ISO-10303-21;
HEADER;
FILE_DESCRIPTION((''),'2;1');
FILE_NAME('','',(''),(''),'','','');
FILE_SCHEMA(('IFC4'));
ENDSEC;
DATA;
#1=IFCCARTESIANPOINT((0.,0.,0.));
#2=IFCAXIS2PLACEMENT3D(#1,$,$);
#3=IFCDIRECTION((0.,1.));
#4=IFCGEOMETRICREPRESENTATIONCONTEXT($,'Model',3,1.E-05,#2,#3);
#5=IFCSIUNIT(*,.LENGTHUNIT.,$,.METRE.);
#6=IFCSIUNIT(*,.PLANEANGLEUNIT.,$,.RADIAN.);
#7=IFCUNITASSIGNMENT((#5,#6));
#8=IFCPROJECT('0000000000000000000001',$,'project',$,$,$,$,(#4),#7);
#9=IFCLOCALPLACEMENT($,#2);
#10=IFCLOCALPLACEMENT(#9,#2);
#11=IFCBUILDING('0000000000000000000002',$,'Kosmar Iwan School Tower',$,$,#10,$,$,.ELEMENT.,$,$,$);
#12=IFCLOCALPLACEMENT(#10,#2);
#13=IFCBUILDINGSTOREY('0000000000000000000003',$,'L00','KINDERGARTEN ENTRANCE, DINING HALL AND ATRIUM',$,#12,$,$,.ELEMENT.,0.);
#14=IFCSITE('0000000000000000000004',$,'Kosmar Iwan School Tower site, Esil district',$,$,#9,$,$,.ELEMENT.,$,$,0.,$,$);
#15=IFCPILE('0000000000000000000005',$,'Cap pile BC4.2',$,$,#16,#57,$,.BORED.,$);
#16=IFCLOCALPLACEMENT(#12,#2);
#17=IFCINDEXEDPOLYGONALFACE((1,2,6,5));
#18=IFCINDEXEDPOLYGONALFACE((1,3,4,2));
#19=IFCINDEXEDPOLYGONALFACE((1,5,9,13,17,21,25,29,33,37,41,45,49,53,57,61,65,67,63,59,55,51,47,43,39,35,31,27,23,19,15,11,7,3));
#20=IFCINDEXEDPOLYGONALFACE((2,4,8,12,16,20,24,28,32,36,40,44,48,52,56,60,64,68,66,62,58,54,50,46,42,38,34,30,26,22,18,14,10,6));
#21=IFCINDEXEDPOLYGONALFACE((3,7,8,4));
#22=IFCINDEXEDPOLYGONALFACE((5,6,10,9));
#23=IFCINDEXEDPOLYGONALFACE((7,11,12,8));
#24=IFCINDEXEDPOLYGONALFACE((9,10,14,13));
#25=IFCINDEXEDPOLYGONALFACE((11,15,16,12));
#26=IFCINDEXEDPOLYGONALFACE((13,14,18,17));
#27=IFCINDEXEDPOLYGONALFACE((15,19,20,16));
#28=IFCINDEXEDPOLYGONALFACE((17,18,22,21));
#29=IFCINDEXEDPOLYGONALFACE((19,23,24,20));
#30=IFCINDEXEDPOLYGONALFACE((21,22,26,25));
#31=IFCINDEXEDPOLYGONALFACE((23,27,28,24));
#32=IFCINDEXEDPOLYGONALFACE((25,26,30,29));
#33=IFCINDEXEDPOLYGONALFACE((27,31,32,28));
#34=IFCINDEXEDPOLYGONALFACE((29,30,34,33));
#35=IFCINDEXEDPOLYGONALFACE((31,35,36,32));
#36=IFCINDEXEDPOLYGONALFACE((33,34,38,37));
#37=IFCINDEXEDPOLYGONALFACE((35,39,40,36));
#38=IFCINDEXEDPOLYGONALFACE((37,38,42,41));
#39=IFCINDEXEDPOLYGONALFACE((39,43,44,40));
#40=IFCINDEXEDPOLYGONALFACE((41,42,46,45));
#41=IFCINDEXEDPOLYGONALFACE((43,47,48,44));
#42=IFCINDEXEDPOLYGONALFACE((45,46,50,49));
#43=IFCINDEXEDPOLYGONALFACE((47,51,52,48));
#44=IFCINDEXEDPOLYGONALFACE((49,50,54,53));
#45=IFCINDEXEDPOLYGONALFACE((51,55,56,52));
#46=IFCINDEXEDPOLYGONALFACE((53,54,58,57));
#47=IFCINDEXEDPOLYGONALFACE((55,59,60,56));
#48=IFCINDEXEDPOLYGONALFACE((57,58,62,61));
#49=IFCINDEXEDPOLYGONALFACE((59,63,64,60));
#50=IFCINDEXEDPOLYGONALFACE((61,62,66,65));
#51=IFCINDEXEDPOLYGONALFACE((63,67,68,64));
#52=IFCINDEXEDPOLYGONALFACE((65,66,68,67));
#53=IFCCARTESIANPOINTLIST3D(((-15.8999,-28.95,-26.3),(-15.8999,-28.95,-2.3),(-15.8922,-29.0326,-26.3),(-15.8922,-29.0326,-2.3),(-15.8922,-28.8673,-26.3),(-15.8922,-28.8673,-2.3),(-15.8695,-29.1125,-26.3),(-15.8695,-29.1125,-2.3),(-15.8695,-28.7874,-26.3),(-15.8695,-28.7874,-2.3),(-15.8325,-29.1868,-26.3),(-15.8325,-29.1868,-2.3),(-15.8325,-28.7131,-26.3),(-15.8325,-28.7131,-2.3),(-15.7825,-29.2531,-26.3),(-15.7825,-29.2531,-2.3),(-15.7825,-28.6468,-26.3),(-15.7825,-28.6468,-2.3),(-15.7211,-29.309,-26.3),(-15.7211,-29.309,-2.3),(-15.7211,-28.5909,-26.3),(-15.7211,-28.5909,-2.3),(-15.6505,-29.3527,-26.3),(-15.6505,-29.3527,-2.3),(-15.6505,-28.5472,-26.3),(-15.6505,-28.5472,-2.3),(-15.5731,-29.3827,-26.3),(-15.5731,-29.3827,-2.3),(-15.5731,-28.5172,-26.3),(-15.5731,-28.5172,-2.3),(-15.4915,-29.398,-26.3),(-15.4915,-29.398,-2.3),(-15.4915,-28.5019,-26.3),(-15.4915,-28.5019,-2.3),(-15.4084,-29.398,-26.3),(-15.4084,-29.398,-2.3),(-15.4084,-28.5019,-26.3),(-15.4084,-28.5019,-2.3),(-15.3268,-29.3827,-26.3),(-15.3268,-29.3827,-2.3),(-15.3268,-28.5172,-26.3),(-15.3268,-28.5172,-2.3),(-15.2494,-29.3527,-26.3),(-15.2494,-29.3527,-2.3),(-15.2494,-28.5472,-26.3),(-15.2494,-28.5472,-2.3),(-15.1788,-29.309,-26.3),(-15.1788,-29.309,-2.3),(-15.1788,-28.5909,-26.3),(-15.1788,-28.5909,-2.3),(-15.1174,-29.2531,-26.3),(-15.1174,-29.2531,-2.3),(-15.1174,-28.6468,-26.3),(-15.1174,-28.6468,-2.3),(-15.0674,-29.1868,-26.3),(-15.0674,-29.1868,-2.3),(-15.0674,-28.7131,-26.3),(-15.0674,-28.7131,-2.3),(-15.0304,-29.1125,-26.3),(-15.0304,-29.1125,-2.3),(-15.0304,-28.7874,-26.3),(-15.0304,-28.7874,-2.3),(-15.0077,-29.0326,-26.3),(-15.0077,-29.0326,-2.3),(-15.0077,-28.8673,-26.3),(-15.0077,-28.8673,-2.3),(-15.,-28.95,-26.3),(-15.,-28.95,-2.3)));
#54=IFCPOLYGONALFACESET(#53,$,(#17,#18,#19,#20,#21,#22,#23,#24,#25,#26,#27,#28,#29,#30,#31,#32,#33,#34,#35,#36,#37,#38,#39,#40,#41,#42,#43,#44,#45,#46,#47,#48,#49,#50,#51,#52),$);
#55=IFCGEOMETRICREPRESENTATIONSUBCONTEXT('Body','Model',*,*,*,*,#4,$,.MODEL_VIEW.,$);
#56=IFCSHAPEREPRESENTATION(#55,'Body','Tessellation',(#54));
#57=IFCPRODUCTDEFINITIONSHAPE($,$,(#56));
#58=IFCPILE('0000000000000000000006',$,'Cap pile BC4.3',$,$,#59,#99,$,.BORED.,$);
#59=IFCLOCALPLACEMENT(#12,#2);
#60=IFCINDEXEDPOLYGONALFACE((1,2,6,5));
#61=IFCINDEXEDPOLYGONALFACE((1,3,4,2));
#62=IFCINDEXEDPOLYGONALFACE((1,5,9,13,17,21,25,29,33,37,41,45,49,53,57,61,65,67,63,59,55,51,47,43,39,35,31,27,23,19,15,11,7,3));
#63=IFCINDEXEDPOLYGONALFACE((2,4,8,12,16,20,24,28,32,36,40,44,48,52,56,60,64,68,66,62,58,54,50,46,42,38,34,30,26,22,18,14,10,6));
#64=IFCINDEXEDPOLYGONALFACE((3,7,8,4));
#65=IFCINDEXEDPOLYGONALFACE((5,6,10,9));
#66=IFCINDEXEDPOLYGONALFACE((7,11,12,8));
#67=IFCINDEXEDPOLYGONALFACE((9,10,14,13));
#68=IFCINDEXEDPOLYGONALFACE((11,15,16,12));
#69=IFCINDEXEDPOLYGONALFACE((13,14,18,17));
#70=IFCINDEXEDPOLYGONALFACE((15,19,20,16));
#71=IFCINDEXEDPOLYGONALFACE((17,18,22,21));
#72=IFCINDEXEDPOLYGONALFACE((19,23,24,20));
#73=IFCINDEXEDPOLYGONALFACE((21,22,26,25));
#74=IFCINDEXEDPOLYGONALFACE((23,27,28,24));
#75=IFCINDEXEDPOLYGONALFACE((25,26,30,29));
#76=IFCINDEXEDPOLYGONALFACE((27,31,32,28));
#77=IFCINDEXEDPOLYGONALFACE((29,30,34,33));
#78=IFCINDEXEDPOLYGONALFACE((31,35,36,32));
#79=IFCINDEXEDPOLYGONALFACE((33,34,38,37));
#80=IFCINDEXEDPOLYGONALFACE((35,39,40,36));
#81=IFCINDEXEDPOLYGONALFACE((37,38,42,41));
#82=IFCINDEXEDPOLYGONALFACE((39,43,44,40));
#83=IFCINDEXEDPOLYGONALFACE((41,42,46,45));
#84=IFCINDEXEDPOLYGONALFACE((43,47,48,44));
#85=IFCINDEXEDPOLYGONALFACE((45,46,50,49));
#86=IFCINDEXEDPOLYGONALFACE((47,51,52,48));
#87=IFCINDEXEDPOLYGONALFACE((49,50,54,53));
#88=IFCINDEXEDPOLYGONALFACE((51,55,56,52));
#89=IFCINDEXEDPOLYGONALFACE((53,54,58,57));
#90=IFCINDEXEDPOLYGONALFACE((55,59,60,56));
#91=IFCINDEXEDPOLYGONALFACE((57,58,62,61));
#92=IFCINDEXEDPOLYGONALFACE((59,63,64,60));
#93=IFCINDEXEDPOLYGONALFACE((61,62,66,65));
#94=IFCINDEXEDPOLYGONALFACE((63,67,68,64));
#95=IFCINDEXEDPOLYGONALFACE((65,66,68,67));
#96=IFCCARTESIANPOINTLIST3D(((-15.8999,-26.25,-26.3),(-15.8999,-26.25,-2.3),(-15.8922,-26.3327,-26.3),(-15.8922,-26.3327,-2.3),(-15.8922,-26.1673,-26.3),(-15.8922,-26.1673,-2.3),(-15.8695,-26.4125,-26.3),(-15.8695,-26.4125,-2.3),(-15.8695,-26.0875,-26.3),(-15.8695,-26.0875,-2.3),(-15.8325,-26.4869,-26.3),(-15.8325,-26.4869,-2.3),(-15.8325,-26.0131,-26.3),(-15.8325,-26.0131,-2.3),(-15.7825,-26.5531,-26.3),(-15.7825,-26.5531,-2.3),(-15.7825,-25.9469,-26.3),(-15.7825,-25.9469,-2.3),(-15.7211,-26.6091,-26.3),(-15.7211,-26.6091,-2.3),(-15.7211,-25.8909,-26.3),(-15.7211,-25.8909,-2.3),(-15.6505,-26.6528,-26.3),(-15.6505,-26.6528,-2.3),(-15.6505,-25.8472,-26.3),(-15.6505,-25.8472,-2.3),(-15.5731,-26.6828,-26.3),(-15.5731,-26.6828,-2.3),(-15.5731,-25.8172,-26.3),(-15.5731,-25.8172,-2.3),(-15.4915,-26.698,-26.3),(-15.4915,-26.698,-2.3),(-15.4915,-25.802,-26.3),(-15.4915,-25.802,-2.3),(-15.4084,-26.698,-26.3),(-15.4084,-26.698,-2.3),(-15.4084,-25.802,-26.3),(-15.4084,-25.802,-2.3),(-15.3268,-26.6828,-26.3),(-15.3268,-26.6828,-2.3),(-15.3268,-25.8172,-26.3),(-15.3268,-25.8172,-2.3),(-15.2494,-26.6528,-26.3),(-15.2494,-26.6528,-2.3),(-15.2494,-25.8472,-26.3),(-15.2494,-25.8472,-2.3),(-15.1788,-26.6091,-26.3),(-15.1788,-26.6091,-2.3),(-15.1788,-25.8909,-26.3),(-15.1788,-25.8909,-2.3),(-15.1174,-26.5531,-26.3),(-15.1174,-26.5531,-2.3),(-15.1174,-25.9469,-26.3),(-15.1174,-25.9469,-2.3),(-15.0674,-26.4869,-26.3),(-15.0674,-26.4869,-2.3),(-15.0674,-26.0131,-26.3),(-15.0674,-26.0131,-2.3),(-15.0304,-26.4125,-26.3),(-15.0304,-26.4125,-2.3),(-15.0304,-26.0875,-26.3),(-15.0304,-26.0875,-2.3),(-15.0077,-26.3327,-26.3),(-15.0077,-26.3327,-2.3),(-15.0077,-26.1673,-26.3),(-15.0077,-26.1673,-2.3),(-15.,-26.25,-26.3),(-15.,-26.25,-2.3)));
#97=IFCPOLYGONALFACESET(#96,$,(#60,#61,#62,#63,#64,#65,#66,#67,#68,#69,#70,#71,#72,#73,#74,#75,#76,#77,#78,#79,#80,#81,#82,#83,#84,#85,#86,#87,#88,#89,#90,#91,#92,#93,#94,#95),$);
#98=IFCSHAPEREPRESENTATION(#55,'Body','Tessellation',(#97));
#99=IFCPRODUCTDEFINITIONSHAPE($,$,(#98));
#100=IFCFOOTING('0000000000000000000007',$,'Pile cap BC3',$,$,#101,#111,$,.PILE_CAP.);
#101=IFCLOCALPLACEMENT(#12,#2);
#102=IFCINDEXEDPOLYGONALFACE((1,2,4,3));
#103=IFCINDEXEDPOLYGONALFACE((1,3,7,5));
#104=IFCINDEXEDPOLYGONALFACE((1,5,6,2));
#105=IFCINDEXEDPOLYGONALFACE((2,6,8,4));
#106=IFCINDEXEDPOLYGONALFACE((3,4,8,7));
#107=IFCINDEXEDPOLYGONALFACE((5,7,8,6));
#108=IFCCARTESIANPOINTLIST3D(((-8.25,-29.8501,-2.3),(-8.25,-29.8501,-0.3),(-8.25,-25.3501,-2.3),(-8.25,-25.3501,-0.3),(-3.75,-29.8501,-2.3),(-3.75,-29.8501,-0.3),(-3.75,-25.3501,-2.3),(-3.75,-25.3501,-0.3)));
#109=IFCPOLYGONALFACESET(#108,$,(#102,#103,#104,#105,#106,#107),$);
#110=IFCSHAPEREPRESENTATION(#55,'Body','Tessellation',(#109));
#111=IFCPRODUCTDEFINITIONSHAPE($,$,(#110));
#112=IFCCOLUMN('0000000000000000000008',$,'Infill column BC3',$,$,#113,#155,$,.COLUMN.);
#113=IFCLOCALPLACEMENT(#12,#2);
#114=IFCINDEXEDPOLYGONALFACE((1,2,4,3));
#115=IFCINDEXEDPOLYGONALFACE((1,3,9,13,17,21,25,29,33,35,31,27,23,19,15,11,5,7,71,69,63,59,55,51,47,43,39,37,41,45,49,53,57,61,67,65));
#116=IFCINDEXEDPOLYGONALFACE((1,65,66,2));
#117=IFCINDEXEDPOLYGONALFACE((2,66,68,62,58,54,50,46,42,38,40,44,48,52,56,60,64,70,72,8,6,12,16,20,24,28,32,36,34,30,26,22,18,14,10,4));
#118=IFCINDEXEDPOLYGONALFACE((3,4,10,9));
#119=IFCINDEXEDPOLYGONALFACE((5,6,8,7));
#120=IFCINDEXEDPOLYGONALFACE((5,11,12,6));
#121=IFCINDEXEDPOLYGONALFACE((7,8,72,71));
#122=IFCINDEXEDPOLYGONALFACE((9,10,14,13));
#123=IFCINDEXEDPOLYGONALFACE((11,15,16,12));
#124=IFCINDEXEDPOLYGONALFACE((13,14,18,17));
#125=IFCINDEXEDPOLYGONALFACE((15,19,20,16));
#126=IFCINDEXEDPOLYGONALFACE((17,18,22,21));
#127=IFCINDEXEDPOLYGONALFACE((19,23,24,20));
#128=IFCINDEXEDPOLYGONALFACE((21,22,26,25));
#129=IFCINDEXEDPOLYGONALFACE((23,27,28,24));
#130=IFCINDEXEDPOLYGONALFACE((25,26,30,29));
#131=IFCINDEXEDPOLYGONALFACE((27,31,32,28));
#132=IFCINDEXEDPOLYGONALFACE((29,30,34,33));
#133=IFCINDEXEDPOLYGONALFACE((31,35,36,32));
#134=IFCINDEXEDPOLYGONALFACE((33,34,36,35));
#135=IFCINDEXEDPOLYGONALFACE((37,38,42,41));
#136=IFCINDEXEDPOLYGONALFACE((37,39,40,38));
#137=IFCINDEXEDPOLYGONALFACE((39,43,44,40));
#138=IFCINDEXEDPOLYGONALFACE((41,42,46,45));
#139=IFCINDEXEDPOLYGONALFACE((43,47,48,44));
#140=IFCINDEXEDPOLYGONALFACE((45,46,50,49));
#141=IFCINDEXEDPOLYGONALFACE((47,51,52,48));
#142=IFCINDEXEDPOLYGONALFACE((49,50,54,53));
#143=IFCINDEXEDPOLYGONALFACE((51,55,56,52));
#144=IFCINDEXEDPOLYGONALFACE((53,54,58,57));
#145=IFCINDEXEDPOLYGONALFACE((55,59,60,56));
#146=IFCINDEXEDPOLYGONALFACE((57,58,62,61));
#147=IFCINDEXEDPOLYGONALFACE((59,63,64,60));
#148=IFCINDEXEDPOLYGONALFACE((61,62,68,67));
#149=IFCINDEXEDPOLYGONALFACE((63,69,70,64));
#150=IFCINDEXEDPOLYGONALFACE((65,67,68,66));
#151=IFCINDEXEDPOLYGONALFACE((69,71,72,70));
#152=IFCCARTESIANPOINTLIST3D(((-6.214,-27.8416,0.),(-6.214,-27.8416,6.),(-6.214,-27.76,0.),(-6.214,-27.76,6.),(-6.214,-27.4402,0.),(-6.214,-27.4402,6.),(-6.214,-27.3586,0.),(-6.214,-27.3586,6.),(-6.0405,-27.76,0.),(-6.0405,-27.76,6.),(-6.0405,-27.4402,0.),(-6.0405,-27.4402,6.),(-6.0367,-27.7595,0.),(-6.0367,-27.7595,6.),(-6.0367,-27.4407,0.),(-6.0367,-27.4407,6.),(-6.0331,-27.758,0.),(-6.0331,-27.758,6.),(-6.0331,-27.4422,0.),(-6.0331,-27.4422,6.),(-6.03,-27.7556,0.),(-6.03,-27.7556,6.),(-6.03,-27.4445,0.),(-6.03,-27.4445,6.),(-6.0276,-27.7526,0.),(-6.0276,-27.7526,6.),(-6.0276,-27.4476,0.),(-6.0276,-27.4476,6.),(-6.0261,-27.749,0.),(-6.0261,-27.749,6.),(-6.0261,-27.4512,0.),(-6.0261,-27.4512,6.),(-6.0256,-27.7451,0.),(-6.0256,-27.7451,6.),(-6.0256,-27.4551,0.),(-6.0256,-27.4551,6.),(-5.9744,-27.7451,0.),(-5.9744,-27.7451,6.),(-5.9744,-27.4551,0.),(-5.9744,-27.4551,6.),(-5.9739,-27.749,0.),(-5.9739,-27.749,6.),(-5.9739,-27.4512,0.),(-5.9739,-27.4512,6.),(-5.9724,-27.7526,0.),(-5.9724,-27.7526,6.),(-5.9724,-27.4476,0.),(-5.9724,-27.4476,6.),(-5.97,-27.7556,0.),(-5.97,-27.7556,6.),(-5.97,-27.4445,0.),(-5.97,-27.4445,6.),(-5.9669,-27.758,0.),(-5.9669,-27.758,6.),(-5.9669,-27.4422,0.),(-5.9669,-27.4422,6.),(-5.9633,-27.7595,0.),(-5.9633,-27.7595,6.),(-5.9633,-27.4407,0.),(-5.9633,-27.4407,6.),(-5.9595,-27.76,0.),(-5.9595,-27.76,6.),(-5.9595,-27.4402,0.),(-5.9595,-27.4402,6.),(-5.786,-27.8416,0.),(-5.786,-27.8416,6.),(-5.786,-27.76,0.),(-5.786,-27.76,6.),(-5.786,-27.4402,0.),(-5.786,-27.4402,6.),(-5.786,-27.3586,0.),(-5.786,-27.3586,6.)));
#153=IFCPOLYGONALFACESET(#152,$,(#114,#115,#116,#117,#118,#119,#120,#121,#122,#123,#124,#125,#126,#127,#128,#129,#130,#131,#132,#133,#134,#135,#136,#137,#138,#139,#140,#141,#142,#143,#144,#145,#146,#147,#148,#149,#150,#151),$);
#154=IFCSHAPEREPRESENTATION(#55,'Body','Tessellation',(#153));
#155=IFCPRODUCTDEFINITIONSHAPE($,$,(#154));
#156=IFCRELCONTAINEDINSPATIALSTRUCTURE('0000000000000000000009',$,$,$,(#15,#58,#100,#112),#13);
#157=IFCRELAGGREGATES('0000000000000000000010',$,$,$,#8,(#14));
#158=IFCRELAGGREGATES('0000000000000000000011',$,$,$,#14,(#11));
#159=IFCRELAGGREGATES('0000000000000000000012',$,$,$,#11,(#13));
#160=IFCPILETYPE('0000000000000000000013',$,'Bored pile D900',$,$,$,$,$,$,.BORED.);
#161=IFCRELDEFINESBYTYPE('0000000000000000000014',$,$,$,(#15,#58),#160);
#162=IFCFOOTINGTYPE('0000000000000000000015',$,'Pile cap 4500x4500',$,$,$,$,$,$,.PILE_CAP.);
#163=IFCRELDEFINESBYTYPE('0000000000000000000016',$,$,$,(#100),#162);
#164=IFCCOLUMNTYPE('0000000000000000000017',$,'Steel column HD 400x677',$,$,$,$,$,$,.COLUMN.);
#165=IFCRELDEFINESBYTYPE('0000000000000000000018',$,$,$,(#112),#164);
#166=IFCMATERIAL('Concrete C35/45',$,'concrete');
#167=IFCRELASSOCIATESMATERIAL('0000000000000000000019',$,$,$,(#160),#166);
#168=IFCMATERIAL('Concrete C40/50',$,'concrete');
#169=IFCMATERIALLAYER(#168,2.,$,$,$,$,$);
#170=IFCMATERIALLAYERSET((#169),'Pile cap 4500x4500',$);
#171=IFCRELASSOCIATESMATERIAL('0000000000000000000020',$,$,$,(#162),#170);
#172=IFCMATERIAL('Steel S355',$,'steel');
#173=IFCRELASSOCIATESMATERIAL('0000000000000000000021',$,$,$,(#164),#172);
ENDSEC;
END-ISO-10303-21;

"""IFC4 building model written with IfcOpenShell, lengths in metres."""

from ifc_helpers import new_model, si_unit, direction, frame, origin, origin_2d, place, context, subcontext, project, spatial, rectangle, circle, i_section, extrude, material, layer, layer_set, material_profile, profile_set, type_object, element, save


model = new_model("IFC4")

# Units and contexts
model_context = context("Model", 3, precision=1e-05, world=origin(), true_north=direction((0.0, 1.0)))
body_context = subcontext(model_context, "Body", "Model", "MODEL_VIEW")
ifc_project = project(units=[si_unit("LENGTHUNIT", "METRE"), si_unit("PLANEANGLEUNIT", "RADIAN")], contexts=[model_context])

# Site, building, storey
site_placement = place(None, origin())
site = spatial("IfcSite", under=ifc_project, at=site_placement, Name="Kosmar Iwan School Tower site, Esil district", CompositionType="ELEMENT", RefElevation=0.0)
building_placement = place(site_placement, origin())
building = spatial("IfcBuilding", under=site, at=building_placement, Name="Kosmar Iwan School Tower", CompositionType="ELEMENT")
storey_placement = place(building_placement, origin())
storey = spatial("IfcBuildingStorey", under=building, at=storey_placement, Name="L00", Description="KINDERGARTEN ENTRANCE, DINING HALL AND ATRIUM", CompositionType="ELEMENT", Elevation=0.0)

# Piles
ifc_material_1 = material(Name="Concrete C35/45", Category="concrete")
ifc_material_profile_1 = material_profile(ifc_material_1, circle(Radius=0.45, at=origin_2d()), Name="D900")
ifc_profile_set_1 = profile_set([ifc_material_profile_1], Name="Concrete C35/45")
pile_type = type_object("IfcPileType", Name="Bored pile D900", PredefinedType="BORED", material=ifc_profile_set_1)
for number, where, z_axis, x_axis, name in (
    (1, (-15.45, -28.95, -2.3), (0.0, 0.0, -1.0), (1.0, 0.0, 0.0), "Cap pile BC4.2"),
    (2, (-15.45, -26.25, -2.3), (0.0, 0.0, -1.0), (1.0, 0.0, 0.0), "Cap pile BC4.3"),
):
    element("IfcPile", number, at=place(storey_placement, frame(where, z_axis=z_axis, x_axis=x_axis)), inside=storey, type_object=pile_type, Name=name, PredefinedType="BORED", context=body_context, shape_type="SweptSolid", body=[
        extrude(circle(Radius=0.45, at=origin_2d()), origin(), (0.0, 0.0, 1.0), 24.0),
    ])

# Footing
ifc_material_2 = material(Name="Concrete C40/50", Category="concrete")
ifc_layer_1 = layer(ifc_material_2, 2.0)
ifc_layer_set_1 = layer_set([ifc_layer_1], Name="Pile cap 4500x4500")
footing_type = type_object("IfcFootingType", Name="Pile cap 4500x4500", PredefinedType="PILE_CAP", material=ifc_layer_set_1)
footing_placement = place(storey_placement, frame((-6.0, -27.6001, -2.3), z_axis=(0.0, 0.0, 1.0), x_axis=(1.0, 0.0, 0.0)))
element("IfcFooting", 3, at=footing_placement, inside=storey, type_object=footing_type, Name="Pile cap BC3", PredefinedType="PILE_CAP", context=body_context, shape_type="SweptSolid", body=[
    extrude(rectangle(XDim=4.5, YDim=4.5, at=origin_2d()), origin(), (0.0, 0.0, 1.0), 2.0),
])

# Column
ifc_material_3 = material(Name="Steel S355", Category="steel")
ifc_material_profile_2 = material_profile(ifc_material_3, i_section(OverallWidth=0.428, OverallDepth=0.4829, WebThickness=0.0513, FlangeThickness=0.0815, FilletRadius=0.0149, at=origin_2d()), Name="HD 400x677")
ifc_profile_set_2 = profile_set([ifc_material_profile_2], Name="Steel S355")
column_type = type_object("IfcColumnType", Name="Steel column HD 400x677", PredefinedType="COLUMN", material=ifc_profile_set_2)
column_placement = place(storey_placement, frame((-6.0, -27.6001, 0.0), z_axis=(0.0, 0.0, 1.0), x_axis=(1.0, 0.0, 0.0)))
element("IfcColumn", 4, at=column_placement, inside=storey, type_object=column_type, Name="Infill column BC3", PredefinedType="COLUMN", context=body_context, shape_type="SweptSolid", body=[
    extrude(i_section(OverallWidth=0.428, OverallDepth=0.4829, WebThickness=0.0513, FlangeThickness=0.0815, FilletRadius=0.0149, at=origin_2d()), origin(), (0.0, 0.0, 1.0), 6.0),
])

save(model, "model.ifc")
